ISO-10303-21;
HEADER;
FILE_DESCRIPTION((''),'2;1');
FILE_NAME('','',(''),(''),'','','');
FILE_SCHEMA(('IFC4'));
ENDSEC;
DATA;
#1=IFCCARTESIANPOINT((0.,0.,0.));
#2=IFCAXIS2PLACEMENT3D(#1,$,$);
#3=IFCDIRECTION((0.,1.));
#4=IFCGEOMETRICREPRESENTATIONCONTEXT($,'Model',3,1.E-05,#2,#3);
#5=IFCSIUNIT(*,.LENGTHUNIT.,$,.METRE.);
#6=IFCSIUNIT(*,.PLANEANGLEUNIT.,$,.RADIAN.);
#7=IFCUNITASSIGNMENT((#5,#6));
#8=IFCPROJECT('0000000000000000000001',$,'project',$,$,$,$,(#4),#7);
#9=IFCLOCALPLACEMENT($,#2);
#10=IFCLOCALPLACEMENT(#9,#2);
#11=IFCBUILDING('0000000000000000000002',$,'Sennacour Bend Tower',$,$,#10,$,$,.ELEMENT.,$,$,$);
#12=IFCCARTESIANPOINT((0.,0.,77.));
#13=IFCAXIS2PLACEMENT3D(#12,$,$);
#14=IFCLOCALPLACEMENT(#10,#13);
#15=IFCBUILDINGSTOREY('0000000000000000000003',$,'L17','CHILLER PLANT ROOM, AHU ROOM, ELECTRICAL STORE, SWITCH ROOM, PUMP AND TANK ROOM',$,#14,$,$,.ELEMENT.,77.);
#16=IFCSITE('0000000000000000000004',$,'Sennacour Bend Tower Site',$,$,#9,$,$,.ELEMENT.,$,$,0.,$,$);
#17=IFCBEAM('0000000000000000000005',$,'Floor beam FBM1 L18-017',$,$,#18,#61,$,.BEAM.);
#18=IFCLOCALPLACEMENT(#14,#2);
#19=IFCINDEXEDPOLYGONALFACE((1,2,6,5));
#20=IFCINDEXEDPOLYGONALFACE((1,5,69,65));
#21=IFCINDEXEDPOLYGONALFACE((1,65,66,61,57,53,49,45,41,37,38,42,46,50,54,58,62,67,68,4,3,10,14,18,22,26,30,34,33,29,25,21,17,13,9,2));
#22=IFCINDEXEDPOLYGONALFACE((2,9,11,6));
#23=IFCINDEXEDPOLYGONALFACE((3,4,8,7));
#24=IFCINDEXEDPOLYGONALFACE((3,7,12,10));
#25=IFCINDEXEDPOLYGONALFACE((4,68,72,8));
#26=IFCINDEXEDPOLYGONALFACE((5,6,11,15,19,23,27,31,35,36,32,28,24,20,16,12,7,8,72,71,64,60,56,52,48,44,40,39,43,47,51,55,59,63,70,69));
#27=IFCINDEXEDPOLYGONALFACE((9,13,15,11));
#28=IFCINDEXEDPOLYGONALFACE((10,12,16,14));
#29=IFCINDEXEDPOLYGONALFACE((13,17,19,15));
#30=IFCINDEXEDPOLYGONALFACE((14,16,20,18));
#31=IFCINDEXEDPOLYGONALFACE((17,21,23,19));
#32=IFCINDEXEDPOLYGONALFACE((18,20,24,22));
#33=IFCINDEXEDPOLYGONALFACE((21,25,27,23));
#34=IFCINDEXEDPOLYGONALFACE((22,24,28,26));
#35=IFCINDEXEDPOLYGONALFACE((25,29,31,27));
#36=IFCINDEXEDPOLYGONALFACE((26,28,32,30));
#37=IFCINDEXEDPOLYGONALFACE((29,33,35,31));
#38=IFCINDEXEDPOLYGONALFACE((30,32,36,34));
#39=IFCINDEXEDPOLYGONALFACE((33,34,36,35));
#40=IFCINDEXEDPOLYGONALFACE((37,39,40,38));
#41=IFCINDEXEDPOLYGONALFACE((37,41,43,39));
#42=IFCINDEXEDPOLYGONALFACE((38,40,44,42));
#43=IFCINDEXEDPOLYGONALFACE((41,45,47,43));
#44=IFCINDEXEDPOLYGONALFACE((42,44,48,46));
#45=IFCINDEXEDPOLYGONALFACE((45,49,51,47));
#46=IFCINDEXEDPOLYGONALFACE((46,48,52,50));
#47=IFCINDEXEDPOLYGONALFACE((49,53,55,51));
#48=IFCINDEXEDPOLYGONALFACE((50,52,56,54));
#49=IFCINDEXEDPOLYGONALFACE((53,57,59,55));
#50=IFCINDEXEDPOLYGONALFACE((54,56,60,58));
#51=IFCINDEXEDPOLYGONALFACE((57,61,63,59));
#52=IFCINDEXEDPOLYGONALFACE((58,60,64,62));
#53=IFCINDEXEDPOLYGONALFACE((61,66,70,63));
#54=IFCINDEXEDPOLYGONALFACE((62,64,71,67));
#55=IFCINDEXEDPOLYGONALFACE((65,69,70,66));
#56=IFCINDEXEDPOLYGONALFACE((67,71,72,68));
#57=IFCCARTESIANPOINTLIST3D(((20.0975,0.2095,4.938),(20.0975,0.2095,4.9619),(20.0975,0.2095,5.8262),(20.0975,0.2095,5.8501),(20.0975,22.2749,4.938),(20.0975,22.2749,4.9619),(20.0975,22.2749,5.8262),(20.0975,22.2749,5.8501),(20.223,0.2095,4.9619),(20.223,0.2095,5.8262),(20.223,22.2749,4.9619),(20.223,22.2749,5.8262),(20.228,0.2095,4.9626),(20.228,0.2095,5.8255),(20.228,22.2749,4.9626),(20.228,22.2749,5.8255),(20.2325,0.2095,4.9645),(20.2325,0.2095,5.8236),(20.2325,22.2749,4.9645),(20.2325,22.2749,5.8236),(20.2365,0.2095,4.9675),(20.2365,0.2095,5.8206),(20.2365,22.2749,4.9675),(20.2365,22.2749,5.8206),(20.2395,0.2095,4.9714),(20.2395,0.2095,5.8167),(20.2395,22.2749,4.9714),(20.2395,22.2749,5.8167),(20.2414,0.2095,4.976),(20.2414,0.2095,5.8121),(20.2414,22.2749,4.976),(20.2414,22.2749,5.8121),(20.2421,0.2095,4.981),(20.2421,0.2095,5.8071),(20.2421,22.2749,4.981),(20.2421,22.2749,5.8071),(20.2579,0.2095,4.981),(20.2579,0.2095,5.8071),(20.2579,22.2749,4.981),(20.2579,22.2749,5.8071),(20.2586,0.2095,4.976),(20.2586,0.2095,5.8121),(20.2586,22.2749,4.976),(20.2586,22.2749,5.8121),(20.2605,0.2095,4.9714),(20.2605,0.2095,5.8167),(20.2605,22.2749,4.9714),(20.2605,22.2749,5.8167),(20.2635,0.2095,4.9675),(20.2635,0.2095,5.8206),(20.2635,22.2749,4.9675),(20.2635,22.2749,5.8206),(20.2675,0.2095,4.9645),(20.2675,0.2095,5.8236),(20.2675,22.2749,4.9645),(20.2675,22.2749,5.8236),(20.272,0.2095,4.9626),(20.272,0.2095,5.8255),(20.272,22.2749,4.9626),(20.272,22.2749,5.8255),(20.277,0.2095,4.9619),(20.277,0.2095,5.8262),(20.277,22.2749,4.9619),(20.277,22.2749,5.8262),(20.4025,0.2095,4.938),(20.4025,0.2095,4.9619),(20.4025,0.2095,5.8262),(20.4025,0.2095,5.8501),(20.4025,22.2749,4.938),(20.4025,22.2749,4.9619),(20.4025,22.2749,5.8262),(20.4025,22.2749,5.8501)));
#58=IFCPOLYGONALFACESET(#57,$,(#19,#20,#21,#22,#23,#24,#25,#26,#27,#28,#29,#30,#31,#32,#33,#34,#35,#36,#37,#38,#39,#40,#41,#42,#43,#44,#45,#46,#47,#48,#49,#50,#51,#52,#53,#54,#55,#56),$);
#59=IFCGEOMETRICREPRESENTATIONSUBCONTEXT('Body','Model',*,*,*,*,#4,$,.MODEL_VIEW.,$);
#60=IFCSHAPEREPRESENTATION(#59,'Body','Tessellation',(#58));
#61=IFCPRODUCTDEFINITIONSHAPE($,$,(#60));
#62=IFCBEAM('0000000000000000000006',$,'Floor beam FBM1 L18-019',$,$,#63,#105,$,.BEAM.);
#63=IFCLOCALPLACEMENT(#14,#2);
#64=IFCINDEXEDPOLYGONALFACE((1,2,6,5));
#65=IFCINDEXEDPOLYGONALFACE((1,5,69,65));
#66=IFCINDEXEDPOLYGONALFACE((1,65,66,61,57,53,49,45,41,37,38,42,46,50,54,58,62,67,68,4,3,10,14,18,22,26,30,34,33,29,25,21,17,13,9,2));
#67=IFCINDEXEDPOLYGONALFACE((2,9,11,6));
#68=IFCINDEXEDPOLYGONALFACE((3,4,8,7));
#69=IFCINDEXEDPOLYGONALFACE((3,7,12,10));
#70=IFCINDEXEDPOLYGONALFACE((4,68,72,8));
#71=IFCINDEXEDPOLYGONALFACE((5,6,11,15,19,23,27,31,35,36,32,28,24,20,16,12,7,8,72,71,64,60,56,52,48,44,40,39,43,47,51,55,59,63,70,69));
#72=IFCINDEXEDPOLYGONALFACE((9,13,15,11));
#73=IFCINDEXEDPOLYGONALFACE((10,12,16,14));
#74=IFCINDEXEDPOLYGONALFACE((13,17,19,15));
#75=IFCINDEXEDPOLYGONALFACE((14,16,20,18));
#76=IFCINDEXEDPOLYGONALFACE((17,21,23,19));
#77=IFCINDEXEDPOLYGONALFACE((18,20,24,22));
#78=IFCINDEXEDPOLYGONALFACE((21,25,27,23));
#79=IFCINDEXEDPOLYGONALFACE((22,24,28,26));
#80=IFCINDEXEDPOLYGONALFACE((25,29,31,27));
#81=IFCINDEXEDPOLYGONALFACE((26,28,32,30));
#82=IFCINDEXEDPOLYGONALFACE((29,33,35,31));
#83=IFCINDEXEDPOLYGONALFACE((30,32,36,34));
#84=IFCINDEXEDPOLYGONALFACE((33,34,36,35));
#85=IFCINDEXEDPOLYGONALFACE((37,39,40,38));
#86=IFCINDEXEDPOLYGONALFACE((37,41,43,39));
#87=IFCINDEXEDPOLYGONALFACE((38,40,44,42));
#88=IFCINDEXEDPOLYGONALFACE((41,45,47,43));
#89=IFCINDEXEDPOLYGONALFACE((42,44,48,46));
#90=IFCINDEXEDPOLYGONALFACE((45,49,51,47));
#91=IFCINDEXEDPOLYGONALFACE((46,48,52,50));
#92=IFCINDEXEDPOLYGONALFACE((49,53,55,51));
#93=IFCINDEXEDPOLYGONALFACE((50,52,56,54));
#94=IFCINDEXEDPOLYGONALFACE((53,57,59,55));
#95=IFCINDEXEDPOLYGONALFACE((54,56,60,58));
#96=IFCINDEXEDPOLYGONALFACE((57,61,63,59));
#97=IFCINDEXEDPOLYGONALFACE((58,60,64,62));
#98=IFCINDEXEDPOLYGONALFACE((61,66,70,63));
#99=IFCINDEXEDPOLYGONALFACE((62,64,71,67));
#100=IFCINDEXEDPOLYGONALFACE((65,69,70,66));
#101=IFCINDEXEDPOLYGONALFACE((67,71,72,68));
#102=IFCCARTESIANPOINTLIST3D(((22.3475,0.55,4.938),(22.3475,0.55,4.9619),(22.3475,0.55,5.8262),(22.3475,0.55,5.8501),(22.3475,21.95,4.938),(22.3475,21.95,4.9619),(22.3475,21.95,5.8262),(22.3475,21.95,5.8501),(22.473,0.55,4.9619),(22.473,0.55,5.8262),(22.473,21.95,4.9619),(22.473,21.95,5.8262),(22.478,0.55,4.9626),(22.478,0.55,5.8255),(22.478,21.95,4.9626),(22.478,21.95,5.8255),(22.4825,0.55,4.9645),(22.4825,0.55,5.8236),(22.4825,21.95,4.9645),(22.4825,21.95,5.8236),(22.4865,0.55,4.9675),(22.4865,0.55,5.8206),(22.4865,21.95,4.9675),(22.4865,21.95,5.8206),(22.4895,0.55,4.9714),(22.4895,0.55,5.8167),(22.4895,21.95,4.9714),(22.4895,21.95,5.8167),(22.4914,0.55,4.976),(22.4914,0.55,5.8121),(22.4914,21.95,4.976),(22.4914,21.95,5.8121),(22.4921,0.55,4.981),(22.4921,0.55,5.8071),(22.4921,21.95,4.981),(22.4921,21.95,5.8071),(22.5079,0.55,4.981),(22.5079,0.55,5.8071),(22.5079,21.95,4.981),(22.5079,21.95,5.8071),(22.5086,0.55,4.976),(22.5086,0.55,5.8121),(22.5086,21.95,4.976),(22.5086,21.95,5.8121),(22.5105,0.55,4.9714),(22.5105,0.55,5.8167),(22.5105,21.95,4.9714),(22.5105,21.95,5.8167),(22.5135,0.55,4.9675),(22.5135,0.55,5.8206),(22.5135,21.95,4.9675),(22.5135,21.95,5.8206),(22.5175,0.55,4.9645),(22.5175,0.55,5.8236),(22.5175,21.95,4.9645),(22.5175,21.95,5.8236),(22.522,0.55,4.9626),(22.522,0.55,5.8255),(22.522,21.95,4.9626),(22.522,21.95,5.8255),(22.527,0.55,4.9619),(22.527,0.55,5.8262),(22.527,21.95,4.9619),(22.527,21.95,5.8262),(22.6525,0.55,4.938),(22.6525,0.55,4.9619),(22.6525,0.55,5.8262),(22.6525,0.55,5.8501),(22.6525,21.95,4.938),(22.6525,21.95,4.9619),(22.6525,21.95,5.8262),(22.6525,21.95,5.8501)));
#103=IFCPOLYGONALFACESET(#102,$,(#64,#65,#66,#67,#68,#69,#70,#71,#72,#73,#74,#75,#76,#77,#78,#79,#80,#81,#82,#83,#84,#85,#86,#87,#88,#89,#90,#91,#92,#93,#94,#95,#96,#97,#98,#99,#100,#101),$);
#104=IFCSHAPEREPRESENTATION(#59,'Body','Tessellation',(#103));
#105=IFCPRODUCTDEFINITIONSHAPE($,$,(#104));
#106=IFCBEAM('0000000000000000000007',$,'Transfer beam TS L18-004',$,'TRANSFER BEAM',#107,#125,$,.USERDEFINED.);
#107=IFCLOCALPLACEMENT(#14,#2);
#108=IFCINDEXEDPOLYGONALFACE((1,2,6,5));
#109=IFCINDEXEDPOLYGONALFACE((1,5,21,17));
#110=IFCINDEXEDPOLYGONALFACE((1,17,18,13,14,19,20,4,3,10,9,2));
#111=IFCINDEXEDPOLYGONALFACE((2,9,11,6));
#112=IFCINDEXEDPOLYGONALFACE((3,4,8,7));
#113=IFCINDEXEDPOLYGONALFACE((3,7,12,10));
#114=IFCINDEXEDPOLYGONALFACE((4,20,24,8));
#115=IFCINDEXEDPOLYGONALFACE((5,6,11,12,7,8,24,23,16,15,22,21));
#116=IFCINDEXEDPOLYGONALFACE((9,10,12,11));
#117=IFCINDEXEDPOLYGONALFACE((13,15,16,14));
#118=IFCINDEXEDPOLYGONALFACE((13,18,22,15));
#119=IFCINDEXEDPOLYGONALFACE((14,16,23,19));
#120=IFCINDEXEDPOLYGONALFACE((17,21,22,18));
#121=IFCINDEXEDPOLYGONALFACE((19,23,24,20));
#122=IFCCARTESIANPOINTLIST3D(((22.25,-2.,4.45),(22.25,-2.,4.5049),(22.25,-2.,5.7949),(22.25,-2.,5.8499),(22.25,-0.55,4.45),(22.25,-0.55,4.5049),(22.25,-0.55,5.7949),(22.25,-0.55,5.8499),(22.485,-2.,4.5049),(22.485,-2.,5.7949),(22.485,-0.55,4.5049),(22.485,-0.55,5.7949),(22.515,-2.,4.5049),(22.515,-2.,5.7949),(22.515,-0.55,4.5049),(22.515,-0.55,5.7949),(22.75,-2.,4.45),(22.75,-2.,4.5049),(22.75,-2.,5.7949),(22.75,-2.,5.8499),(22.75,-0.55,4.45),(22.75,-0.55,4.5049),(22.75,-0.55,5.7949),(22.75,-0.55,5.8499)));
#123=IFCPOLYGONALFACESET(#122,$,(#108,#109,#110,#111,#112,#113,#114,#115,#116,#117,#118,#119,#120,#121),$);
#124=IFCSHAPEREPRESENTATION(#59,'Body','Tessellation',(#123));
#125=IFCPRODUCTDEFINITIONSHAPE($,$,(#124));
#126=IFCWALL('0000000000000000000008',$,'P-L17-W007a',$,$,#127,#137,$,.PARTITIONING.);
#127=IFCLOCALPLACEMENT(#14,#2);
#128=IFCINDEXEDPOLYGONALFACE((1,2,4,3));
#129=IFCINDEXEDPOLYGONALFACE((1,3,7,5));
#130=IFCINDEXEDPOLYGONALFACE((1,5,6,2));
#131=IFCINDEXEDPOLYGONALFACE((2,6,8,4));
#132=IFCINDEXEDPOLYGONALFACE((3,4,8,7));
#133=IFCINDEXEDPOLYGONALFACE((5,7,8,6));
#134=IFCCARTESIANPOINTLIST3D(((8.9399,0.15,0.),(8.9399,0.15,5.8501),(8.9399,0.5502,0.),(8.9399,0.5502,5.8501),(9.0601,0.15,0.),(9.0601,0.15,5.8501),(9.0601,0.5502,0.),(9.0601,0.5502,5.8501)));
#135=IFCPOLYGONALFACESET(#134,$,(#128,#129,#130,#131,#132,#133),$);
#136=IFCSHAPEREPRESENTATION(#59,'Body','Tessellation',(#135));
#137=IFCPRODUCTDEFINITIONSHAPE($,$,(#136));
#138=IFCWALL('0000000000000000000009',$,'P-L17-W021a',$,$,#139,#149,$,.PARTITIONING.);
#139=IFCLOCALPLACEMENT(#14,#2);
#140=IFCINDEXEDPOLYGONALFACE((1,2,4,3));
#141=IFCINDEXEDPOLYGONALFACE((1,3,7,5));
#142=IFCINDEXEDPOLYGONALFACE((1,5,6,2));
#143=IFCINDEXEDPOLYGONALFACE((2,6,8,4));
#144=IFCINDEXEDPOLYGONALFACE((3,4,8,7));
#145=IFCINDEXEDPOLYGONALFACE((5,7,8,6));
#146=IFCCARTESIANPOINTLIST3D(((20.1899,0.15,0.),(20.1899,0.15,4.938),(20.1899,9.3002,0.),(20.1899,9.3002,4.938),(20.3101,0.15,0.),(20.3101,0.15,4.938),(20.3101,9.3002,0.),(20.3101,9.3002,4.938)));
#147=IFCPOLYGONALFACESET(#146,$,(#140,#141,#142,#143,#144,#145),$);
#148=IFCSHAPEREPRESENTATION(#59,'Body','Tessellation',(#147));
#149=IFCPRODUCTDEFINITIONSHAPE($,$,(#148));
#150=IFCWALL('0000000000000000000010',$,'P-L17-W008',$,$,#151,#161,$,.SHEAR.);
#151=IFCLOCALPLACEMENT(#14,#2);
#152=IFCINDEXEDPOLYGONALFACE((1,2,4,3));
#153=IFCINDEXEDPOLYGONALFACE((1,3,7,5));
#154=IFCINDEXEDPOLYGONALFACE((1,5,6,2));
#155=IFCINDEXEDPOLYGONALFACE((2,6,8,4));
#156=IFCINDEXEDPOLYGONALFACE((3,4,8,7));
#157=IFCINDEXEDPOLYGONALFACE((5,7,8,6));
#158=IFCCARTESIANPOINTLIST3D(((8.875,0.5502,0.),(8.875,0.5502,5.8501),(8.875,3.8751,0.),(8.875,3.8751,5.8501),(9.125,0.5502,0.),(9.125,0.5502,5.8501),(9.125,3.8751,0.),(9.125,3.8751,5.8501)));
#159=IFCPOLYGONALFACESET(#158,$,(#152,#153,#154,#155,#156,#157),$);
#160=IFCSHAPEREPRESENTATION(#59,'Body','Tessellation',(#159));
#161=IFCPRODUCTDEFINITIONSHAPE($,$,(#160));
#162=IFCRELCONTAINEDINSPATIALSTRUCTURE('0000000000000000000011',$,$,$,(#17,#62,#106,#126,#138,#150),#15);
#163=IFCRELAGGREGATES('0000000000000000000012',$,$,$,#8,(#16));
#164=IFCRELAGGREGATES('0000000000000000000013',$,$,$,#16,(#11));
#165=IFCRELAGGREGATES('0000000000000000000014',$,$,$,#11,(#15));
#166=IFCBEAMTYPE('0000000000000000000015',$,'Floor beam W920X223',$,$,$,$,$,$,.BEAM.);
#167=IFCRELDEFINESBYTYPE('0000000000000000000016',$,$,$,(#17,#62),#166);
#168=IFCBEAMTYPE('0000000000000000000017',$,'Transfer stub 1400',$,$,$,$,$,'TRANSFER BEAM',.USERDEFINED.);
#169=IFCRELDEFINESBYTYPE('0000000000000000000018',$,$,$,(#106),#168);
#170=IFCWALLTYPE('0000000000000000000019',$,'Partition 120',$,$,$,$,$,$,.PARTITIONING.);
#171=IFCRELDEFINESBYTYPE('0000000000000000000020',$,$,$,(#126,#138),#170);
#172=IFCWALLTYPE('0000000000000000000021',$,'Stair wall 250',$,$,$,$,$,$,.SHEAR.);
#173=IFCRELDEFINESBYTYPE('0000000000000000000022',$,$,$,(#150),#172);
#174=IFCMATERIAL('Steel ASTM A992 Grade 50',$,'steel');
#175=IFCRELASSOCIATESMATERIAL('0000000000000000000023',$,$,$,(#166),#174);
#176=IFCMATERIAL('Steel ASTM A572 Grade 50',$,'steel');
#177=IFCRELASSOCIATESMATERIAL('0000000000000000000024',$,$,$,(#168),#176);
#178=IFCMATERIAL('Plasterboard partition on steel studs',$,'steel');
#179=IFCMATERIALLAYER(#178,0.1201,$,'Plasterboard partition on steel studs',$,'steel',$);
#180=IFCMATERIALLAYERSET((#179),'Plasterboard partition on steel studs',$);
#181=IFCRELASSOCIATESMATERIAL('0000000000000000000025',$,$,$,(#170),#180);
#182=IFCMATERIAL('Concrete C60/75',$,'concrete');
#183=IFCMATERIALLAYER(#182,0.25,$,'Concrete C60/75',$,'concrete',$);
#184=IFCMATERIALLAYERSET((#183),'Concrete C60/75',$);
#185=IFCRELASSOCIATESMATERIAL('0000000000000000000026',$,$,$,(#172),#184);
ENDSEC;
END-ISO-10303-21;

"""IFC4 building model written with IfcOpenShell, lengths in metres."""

from ifc_helpers import new_model, si_unit, direction, frame, frame_2d, origin, origin_2d, place, context, subcontext, project, spatial, rectangle, i_section, extrude, material, layer, layer_set, material_profile, profile_set, type_object, element, save


model = new_model("IFC4")

# Units and contexts
model_context = context("Model", 3, precision=1e-05, world=origin(), true_north=direction((0.0, 1.0)))
body_context = subcontext(model_context, "Body", "Model", "MODEL_VIEW")
ifc_project = project(units=[si_unit("LENGTHUNIT", "METRE"), si_unit("PLANEANGLEUNIT", "RADIAN")], contexts=[model_context])

# Site, building, storey
site_placement = place(None, origin())
site = spatial("IfcSite", under=ifc_project, at=site_placement, Name="Sennacour Bend Tower Site", CompositionType="ELEMENT", RefElevation=0.0)
building_placement = place(site_placement, origin())
building = spatial("IfcBuilding", under=site, at=building_placement, Name="Sennacour Bend Tower", CompositionType="ELEMENT")
storey_placement = place(building_placement, frame((0.0, 0.0, 77.0)))
storey = spatial("IfcBuildingStorey", under=building, at=storey_placement, Name="L17", Description="CHILLER PLANT ROOM, AHU ROOM, ELECTRICAL STORE, SWITCH ROOM, PUMP AND TANK ROOM", CompositionType="ELEMENT", Elevation=77.0)

# Shared definitions
ifc_material_1 = material(Name="Steel ASTM A572 Grade 50", Category="steel")

# Shared definitions
ifc_material_2 = material(Name="Steel ASTM A992 Grade 50", Category="steel")

# Beams
ifc_material_profile_1 = material_profile(ifc_material_2, i_section(OverallWidth=0.3049, OverallDepth=0.9121, WebThickness=0.0159, FlangeThickness=0.0239, FilletRadius=0.019, at=origin_2d()), Name="Steel ASTM A992 Grade 50", Category="steel")
ifc_profile_set_1 = profile_set([ifc_material_profile_1], Name="Steel ASTM A992 Grade 50")
beam_type_1 = type_object("IfcBeamType", Name="Floor beam W920X223", PredefinedType="BEAM", material=ifc_profile_set_1)
beam_1_placement = place(storey_placement, frame((20.25, 0.2095, 5.394), z_axis=(0.0, 1.0, 0.0), x_axis=(-1.0, 0.0, 0.0)))
element("IfcBeam", 1, at=beam_1_placement, inside=storey, type_object=beam_type_1, Name="Floor beam FBM1 L18-017", PredefinedType="BEAM", context=body_context, shape_type="SweptSolid", body=[
    extrude(i_section(OverallWidth=0.3049, OverallDepth=0.9121, WebThickness=0.0159, FlangeThickness=0.0239, FilletRadius=0.019, at=origin_2d()), origin(), (0.0, 0.0, 1.0), 22.0654),
])
beam_2_placement = place(storey_placement, frame((22.5, 0.55, 5.394), z_axis=(0.0, 1.0, 0.0), x_axis=(-1.0, 0.0, 0.0)))
element("IfcBeam", 2, at=beam_2_placement, inside=storey, type_object=beam_type_1, Name="Floor beam FBM1 L18-019", PredefinedType="BEAM", context=body_context, shape_type="SweptSolid", body=[
    extrude(i_section(OverallWidth=0.3049, OverallDepth=0.9121, WebThickness=0.0159, FlangeThickness=0.0239, FilletRadius=0.019, at=origin_2d()), origin(), (0.0, 0.0, 1.0), 21.3999),
])
ifc_material_profile_2 = material_profile(ifc_material_1, i_section(OverallWidth=0.5, OverallDepth=1.3999, WebThickness=0.03, FlangeThickness=0.0549, at=origin_2d()), Name="Steel ASTM A572 Grade 50", Category="steel")
ifc_profile_set_2 = profile_set([ifc_material_profile_2], Name="Steel ASTM A572 Grade 50")
beam_type_2 = type_object("IfcBeamType", Name="Transfer stub 1400", ElementType="TRANSFER BEAM", PredefinedType="USERDEFINED", material=ifc_profile_set_2)
beam_3_placement = place(storey_placement, frame((22.5, -0.55, 5.1499), z_axis=(0.0, -1.0, 0.0), x_axis=(1.0, 0.0, 0.0)))
element("IfcBeam", 3, at=beam_3_placement, inside=storey, type_object=beam_type_2, Name="Transfer beam TS L18-004", ObjectType="TRANSFER BEAM", PredefinedType="USERDEFINED", context=body_context, shape_type="SweptSolid", body=[
    extrude(i_section(OverallWidth=0.5, OverallDepth=1.3999, WebThickness=0.03, FlangeThickness=0.0549, at=origin_2d()), origin(), (0.0, 0.0, 1.0), 1.45),
])

# Walls
ifc_material_3 = material(Name="Plasterboard partition on steel studs", Category="steel")
ifc_layer_1 = layer(ifc_material_3, 0.1201, Name="Plasterboard partition on steel studs", Category="steel")
ifc_layer_set_1 = layer_set([ifc_layer_1], Name="Plasterboard partition on steel studs")
wall_type_1 = type_object("IfcWallType", Name="Partition 120", PredefinedType="PARTITIONING", material=ifc_layer_set_1)
wall_1_placement = place(storey_placement, frame((9.0, 0.1499, 0.0), z_axis=(0.0, 0.0, 1.0), x_axis=(0.0, 1.0, 0.0)))
element("IfcWall", 4, at=wall_1_placement, inside=storey, type_object=wall_type_1, Name="P-L17-W007a", PredefinedType="PARTITIONING", context=body_context, shape_type="SweptSolid", body=[
    extrude(rectangle(XDim=0.4001, YDim=0.1201, at=frame_2d((0.2002, 0.0))), origin(), (0.0, 0.0, 1.0), 5.8501),
])
wall_2_placement = place(storey_placement, frame((20.25, 0.1499, 0.0), z_axis=(0.0, 0.0, 1.0), x_axis=(0.0, 1.0, 0.0)))
element("IfcWall", 5, at=wall_2_placement, inside=storey, type_object=wall_type_1, Name="P-L17-W021a", PredefinedType="PARTITIONING", context=body_context, shape_type="SweptSolid", body=[
    extrude(rectangle(XDim=9.1501, YDim=0.1201, at=frame_2d((4.5752, 0.0))), origin(), (0.0, 0.0, 1.0), 4.938),
])
ifc_material_4 = material(Name="Concrete C60/75", Category="concrete")
ifc_layer_2 = layer(ifc_material_4, 0.25, Name="Concrete C60/75", Category="concrete")
ifc_layer_set_2 = layer_set([ifc_layer_2], Name="Concrete C60/75")
wall_type_2 = type_object("IfcWallType", Name="Stair wall 250", PredefinedType="SHEAR", material=ifc_layer_set_2)
wall_3_placement = place(storey_placement, frame((9.0, 0.55, 0.0), z_axis=(0.0, 0.0, 1.0), x_axis=(0.0, 1.0, 0.0)))
element("IfcWall", 6, at=wall_3_placement, inside=storey, type_object=wall_type_2, Name="P-L17-W008", PredefinedType="SHEAR", context=body_context, shape_type="SweptSolid", body=[
    extrude(rectangle(XDim=3.325, YDim=0.25, at=frame_2d((1.6626, 0.0))), origin(), (0.0, 0.0, 1.0), 5.8501),
])

save(model, "model.ifc")
